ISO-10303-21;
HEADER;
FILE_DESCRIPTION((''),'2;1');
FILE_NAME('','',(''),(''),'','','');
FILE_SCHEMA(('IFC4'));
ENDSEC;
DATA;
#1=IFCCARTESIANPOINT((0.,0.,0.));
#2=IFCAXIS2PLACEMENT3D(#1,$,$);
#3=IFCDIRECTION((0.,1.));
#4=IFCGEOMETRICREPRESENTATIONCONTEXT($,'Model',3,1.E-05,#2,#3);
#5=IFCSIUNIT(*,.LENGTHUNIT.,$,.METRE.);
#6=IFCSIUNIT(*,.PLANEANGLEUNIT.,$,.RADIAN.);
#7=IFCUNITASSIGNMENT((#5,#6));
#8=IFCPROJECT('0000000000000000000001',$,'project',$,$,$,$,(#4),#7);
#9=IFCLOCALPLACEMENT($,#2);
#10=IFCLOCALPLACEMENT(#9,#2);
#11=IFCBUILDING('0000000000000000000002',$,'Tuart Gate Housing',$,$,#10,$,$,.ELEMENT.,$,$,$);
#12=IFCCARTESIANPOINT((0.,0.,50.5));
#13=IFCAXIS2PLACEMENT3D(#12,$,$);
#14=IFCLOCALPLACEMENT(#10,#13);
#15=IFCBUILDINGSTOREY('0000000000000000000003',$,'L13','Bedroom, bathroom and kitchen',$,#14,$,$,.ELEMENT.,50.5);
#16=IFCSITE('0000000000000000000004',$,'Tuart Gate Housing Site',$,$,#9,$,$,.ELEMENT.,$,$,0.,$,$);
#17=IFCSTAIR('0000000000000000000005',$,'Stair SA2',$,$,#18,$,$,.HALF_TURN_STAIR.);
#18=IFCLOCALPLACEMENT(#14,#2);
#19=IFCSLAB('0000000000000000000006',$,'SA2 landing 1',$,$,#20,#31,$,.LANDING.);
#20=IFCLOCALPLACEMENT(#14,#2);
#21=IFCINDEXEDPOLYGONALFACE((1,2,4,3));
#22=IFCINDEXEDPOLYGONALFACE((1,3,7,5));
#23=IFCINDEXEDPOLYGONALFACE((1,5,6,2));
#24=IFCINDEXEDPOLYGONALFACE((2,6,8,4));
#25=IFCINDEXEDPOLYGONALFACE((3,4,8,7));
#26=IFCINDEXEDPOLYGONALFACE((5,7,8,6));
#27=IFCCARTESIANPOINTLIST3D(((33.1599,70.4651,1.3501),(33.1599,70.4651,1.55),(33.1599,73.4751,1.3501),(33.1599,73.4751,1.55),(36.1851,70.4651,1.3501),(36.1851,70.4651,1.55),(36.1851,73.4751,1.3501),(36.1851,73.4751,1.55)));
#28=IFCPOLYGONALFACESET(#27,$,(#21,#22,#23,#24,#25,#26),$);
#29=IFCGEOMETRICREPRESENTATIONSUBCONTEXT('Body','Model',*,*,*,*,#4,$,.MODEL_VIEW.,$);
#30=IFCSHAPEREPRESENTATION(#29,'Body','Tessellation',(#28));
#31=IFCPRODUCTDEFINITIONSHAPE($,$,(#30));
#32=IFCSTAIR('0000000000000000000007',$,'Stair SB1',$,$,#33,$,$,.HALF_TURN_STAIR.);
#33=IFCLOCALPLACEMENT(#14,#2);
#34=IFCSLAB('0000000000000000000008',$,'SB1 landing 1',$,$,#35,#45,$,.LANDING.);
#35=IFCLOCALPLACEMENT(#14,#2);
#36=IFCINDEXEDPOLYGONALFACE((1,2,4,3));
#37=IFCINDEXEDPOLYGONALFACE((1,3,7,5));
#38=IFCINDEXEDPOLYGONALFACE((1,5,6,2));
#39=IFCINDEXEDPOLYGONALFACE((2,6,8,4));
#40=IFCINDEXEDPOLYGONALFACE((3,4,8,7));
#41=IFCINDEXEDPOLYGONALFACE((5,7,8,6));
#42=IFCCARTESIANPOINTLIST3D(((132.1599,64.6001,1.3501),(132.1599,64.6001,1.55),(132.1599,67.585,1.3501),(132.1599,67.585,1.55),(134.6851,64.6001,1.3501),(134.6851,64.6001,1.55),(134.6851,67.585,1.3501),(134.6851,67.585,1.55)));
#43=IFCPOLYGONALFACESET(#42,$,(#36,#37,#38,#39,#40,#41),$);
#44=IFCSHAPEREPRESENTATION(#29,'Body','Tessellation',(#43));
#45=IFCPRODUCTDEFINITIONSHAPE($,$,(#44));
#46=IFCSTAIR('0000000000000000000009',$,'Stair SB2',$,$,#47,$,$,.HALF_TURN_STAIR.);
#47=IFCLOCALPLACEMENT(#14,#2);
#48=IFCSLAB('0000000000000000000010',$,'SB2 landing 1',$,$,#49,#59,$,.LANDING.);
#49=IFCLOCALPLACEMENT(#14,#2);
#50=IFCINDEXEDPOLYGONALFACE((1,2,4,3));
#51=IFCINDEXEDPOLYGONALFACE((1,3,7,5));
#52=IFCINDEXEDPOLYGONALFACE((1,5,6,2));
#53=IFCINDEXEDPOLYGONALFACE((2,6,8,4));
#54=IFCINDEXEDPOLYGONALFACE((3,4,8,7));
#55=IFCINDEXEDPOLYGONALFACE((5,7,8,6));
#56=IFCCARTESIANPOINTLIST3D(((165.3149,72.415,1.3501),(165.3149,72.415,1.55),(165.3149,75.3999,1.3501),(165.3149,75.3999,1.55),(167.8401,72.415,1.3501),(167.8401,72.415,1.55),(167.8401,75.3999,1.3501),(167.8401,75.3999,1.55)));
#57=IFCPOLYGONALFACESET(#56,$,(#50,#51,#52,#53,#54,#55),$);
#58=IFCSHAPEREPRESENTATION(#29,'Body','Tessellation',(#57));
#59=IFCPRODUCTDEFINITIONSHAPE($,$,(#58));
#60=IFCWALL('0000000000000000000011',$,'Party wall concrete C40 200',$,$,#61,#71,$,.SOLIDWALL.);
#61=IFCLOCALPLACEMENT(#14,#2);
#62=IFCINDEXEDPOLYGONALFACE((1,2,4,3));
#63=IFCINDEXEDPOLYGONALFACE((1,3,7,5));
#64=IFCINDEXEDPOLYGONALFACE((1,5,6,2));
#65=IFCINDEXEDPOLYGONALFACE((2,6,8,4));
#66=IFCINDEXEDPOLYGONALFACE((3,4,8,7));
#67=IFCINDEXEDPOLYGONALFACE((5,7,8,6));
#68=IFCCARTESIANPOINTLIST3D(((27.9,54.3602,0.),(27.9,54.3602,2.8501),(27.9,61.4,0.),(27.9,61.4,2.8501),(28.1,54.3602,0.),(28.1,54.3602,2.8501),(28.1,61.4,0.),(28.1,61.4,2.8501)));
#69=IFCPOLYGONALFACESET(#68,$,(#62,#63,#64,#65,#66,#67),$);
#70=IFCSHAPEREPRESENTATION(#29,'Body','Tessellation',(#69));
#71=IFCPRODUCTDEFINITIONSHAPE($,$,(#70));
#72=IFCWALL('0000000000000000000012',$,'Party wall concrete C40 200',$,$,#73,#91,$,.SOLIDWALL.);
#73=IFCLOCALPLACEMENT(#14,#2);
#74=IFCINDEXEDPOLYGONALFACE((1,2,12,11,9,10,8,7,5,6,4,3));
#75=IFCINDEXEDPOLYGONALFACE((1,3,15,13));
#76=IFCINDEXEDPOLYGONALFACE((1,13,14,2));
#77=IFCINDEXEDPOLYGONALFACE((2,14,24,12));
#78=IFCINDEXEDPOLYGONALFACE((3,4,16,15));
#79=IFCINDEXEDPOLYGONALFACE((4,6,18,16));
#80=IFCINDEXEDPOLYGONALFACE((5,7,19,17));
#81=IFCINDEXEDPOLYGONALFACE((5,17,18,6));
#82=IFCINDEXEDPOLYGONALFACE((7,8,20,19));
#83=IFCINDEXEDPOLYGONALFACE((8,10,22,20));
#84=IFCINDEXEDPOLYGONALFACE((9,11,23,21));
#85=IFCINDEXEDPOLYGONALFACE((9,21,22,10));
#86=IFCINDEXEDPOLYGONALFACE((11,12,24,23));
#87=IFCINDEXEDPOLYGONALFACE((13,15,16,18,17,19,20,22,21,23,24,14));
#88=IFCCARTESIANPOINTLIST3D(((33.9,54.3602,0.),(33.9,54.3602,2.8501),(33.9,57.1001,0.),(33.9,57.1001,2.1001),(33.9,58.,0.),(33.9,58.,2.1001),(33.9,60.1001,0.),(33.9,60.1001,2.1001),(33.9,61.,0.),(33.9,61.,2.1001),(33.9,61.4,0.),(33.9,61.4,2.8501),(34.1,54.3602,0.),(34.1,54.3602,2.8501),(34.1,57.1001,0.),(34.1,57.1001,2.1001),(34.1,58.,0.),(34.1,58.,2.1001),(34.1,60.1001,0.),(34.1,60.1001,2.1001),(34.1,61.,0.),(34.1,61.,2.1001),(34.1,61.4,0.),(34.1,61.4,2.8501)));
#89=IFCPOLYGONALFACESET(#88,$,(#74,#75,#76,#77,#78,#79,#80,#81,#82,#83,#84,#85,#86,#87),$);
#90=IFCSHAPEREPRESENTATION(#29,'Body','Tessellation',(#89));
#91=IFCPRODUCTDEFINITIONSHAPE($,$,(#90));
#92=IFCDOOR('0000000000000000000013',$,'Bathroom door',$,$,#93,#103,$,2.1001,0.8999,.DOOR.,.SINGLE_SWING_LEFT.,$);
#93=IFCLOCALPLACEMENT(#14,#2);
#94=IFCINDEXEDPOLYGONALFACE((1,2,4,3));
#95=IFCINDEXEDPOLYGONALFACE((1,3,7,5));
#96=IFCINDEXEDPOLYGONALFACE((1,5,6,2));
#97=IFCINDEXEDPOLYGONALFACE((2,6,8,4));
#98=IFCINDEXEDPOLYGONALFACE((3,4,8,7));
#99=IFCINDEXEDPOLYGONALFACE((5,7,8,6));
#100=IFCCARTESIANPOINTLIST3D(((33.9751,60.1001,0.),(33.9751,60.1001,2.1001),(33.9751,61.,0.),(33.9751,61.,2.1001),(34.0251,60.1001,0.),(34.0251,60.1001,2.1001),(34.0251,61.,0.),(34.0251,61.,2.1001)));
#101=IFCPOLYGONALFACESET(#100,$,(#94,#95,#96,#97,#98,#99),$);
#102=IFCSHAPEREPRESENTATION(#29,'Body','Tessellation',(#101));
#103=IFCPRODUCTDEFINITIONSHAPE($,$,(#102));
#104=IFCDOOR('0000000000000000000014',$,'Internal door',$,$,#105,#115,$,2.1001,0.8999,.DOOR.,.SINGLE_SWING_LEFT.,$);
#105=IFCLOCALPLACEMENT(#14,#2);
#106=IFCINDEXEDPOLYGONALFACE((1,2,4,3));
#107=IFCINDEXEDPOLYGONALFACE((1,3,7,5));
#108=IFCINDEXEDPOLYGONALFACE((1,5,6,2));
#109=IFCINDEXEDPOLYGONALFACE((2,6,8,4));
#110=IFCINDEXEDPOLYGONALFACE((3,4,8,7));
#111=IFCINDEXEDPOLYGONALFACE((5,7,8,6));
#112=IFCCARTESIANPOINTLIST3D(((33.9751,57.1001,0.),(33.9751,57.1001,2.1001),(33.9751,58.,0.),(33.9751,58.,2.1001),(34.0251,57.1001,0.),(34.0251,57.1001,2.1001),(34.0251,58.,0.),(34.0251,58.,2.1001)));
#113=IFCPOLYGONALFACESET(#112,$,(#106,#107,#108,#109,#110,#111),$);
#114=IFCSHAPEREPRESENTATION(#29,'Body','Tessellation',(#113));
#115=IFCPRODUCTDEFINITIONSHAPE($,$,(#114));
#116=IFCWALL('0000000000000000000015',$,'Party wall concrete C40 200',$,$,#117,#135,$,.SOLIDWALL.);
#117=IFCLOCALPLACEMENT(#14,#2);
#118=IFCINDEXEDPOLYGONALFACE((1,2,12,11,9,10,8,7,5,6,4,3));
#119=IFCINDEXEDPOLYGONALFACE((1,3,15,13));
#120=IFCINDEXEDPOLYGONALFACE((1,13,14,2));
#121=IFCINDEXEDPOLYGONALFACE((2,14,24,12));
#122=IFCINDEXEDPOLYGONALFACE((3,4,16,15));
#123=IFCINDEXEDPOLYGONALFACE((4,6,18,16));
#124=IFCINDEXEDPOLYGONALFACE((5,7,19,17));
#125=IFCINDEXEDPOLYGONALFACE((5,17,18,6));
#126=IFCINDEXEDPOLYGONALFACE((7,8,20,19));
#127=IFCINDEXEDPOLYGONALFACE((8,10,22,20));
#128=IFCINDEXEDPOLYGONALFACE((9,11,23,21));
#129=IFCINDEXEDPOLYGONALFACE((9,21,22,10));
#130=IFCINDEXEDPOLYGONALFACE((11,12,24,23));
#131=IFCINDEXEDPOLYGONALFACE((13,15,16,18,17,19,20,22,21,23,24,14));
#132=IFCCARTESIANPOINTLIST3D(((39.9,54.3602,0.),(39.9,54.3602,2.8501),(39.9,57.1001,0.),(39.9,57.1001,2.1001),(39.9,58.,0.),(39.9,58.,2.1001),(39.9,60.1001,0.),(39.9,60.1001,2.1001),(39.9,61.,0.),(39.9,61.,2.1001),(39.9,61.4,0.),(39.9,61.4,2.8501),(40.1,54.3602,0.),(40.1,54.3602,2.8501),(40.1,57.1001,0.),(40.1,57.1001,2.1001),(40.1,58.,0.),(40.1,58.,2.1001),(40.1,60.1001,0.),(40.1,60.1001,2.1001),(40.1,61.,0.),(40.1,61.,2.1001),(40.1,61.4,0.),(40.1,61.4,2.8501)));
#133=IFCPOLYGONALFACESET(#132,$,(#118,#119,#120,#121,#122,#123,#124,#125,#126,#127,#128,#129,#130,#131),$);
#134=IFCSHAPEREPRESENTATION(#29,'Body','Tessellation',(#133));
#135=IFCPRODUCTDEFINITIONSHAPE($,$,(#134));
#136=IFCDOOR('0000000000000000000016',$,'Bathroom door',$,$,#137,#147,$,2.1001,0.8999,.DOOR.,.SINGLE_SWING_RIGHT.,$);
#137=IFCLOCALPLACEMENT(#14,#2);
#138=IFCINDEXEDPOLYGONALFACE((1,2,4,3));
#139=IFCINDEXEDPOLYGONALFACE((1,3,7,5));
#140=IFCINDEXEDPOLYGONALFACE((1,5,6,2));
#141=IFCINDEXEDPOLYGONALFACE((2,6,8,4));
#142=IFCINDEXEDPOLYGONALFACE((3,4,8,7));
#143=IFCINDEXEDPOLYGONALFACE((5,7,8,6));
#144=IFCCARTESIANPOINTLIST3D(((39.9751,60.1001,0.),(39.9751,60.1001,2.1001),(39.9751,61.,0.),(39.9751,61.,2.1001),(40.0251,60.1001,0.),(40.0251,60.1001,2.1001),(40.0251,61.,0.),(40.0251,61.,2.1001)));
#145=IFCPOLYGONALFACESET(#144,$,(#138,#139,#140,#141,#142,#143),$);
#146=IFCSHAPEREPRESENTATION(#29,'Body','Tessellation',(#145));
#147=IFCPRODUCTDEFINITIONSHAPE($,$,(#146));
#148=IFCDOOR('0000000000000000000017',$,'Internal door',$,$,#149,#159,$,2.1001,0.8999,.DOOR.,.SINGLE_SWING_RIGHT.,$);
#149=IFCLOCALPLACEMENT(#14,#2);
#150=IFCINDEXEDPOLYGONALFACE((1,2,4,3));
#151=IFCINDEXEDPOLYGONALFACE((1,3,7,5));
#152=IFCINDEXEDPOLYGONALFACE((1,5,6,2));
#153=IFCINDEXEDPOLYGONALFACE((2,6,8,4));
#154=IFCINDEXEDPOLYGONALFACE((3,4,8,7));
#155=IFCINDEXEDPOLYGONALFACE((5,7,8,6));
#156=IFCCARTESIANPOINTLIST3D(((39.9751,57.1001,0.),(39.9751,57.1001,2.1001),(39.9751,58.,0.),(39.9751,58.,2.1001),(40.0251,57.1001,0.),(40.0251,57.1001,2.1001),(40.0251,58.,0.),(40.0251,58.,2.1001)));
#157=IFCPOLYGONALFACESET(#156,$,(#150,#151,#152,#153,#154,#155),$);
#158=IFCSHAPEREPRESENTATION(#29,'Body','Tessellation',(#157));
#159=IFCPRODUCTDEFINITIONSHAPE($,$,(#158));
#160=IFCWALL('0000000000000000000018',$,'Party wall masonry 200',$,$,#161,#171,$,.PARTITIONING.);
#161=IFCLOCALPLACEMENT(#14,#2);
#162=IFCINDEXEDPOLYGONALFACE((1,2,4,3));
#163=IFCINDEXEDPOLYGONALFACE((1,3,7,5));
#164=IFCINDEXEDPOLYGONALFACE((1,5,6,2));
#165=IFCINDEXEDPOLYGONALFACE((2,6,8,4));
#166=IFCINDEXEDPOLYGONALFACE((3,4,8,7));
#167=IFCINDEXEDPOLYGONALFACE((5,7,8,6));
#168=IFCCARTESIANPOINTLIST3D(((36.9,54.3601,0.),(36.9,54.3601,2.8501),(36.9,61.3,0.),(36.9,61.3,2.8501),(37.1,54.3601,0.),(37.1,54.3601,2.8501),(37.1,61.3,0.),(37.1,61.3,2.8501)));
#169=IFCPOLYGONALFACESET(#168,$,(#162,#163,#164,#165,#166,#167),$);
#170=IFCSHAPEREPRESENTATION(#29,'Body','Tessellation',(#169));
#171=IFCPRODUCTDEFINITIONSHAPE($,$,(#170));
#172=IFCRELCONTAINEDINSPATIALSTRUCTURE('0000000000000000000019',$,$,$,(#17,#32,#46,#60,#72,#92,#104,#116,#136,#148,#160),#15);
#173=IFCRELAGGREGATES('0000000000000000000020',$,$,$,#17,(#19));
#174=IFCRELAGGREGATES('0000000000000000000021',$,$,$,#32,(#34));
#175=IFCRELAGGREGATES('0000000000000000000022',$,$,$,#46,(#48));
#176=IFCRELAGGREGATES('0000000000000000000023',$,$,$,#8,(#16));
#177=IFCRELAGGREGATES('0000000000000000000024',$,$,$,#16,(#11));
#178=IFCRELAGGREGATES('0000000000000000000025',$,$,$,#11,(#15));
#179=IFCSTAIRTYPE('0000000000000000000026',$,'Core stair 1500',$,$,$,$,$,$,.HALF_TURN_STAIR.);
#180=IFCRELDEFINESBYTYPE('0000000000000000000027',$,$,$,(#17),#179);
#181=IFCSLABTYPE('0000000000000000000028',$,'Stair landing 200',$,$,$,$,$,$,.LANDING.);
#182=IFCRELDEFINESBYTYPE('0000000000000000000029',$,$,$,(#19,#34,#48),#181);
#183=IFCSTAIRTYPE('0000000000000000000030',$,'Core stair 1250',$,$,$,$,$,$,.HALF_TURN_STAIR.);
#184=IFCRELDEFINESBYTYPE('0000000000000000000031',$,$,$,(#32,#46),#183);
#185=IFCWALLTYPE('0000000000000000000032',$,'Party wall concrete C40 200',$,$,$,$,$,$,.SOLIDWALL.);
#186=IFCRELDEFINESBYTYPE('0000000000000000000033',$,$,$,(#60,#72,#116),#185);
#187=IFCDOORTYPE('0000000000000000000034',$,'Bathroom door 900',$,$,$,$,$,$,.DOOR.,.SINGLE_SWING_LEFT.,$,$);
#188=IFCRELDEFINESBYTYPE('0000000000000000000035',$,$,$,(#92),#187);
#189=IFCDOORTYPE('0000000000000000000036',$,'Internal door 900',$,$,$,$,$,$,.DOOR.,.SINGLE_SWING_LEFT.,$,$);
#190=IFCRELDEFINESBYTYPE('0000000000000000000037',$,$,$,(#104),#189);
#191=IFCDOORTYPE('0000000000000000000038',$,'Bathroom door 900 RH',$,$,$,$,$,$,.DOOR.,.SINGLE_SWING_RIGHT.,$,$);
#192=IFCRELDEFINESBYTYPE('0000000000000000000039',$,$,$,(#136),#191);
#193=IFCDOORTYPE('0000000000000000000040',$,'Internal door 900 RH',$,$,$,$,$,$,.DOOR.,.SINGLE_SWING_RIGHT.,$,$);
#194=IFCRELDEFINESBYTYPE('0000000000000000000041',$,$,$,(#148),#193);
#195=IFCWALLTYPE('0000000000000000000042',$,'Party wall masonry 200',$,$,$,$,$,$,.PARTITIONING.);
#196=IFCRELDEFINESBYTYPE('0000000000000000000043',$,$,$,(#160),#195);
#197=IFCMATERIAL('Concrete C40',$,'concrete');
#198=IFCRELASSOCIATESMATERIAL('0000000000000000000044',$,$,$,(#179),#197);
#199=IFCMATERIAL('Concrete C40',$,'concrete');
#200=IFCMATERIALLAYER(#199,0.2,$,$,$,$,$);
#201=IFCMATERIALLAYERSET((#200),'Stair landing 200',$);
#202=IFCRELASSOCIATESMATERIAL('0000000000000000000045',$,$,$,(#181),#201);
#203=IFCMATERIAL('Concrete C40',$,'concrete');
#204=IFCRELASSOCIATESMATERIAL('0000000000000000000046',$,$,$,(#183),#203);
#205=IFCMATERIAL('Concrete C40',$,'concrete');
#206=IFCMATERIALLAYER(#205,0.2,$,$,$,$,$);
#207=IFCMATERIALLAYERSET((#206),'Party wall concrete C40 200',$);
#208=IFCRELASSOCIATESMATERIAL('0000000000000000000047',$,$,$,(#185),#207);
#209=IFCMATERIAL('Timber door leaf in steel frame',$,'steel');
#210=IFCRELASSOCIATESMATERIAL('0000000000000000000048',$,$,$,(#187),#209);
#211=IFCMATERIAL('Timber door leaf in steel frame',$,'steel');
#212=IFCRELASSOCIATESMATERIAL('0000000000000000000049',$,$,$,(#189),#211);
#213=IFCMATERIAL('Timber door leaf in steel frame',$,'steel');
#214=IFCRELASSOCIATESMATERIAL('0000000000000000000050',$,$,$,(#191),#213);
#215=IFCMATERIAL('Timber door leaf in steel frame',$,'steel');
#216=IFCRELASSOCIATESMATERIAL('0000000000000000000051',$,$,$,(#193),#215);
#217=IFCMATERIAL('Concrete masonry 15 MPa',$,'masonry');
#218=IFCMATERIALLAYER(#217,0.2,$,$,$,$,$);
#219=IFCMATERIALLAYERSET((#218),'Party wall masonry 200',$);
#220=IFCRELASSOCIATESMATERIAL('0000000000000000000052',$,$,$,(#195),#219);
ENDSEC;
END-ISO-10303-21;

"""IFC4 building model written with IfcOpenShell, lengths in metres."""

from ifc_helpers import new_model, si_unit, direction, frame, frame_2d, origin, place, context, subcontext, project, spatial, polyline, rectangle, outline, extrude, material, layer, layer_set, type_object, element, fill, aggregate, save


model = new_model("IFC4")

# Units and contexts
model_context = context("Model", 3, precision=1e-05, world=origin(), true_north=direction((0.0, 1.0)))
body_context = subcontext(model_context, "Body", "Model", "MODEL_VIEW")
ifc_project = project(units=[si_unit("LENGTHUNIT", "METRE"), si_unit("PLANEANGLEUNIT", "RADIAN")], contexts=[model_context])

# Site, building, storey
site_placement = place(None, origin())
site = spatial("IfcSite", under=ifc_project, at=site_placement, Name="Tuart Gate Housing Site", CompositionType="ELEMENT", RefElevation=0.0)
building_placement = place(site_placement, origin())
building = spatial("IfcBuilding", under=site, at=building_placement, Name="Tuart Gate Housing", CompositionType="ELEMENT")
storey_placement = place(building_placement, frame((0.0, 0.0, 50.5)))
storey = spatial("IfcBuildingStorey", under=building, at=storey_placement, Name="L13", Description="Bedroom, bathroom and kitchen", CompositionType="ELEMENT", Elevation=50.5)

# Stairs, slabs
ifc_material_1 = material(Name="Concrete C40", Category="concrete")
stair_type_1 = type_object("IfcStairType", Name="Core stair 1500", PredefinedType="HALF_TURN_STAIR", material=ifc_material_1)
ifc_material_2 = material(Name="Concrete C40", Category="concrete")
ifc_layer_1 = layer(ifc_material_2, 0.2)
ifc_layer_set_1 = layer_set([ifc_layer_1], Name="Stair landing 200")
slab_type_1 = type_object("IfcSlabType", Name="Stair landing 200", PredefinedType="LANDING", material=ifc_layer_set_1)
stair_1_placement = place(storey_placement, origin())
stair_1 = element("IfcStair", 1, at=stair_1_placement, inside=storey, type_object=stair_type_1, Name="Stair SA2", PredefinedType="HALF_TURN_STAIR")
slab_1_placement = place(storey_placement, frame((0.0, 0.0, 1.3501)))
slab_1 = element("IfcSlab", 2, at=slab_1_placement, type_object=slab_type_1, Name="SA2 landing 1", PredefinedType="LANDING", context=body_context, shape_type="SweptSolid", body=[
    extrude(outline(polyline([(36.1851, 73.4751), (33.1599, 73.4751), (33.1599, 70.4651), (36.1851, 70.4651), (36.1851, 73.4751)])), origin(), (0.0, 0.0, 1.0), 0.2),
])
aggregate(stair_1, [slab_1])
ifc_material_3 = material(Name="Concrete C40", Category="concrete")
stair_type_2 = type_object("IfcStairType", Name="Core stair 1250", PredefinedType="HALF_TURN_STAIR", material=ifc_material_3)
stair_2_placement = place(storey_placement, origin())
stair_2 = element("IfcStair", 3, at=stair_2_placement, inside=storey, type_object=stair_type_2, Name="Stair SB1", PredefinedType="HALF_TURN_STAIR")
slab_2_placement = place(storey_placement, frame((0.0, 0.0, 1.3501)))
slab_2 = element("IfcSlab", 4, at=slab_2_placement, type_object=slab_type_1, Name="SB1 landing 1", PredefinedType="LANDING", context=body_context, shape_type="SweptSolid", body=[
    extrude(outline(polyline([(134.6851, 67.585), (132.1599, 67.585), (132.1599, 64.6001), (134.6851, 64.6001), (134.6851, 67.585)])), origin(), (0.0, 0.0, 1.0), 0.2),
])
aggregate(stair_2, [slab_2])
stair_3_placement = place(storey_placement, origin())
stair_3 = element("IfcStair", 5, at=stair_3_placement, inside=storey, type_object=stair_type_2, Name="Stair SB2", PredefinedType="HALF_TURN_STAIR")
slab_3_placement = place(storey_placement, frame((0.0, 0.0, 1.3501)))
slab_3 = element("IfcSlab", 6, at=slab_3_placement, type_object=slab_type_1, Name="SB2 landing 1", PredefinedType="LANDING", context=body_context, shape_type="SweptSolid", body=[
    extrude(outline(polyline([(165.3149, 72.415), (167.8401, 72.415), (167.8401, 75.3999), (165.3149, 75.3999), (165.3149, 72.415)])), origin(), (0.0, 0.0, 1.0), 0.2),
])
aggregate(stair_3, [slab_3])

# Wall
ifc_material_4 = material(Name="Concrete C40", Category="concrete")
ifc_layer_2 = layer(ifc_material_4, 0.2)
ifc_layer_set_2 = layer_set([ifc_layer_2], Name="Party wall concrete C40 200")
wall_type_1 = type_object("IfcWallType", Name="Party wall concrete C40 200", PredefinedType="SOLIDWALL", material=ifc_layer_set_2)
wall_1_placement = place(storey_placement, frame((28.0, 54.3601, 0.0), z_axis=(0.0, 0.0, 1.0), x_axis=(0.0, 1.0, 0.0)))
element("IfcWall", 7, at=wall_1_placement, inside=storey, type_object=wall_type_1, Name="Party wall concrete C40 200", PredefinedType="SOLIDWALL", context=body_context, shape_type="SweptSolid", body=[
    extrude(rectangle(XDim=7.0398, YDim=0.2, at=frame_2d((3.52, 0.0))), origin(), (0.0, 0.0, 1.0), 2.8501),
])

# Walls, openings, doors
wall_2_placement = place(storey_placement, frame((34.0, 54.3601, 0.0), z_axis=(0.0, 0.0, 1.0), x_axis=(0.0, 1.0, 0.0)))
wall_2 = element("IfcWall", 8, at=wall_2_placement, inside=storey, type_object=wall_type_1, Name="Party wall concrete C40 200", PredefinedType="SOLIDWALL", context=body_context, shape_type="SweptSolid", body=[
    extrude(rectangle(XDim=7.0398, YDim=0.2, at=frame_2d((3.52, 0.0))), origin(), (0.0, 0.0, 1.0), 2.8501),
])
opening_1_placement = place(wall_2_placement, frame((2.74, 0.0, 0.0)))
opening_1 = element("IfcOpeningElement", 9, at=opening_1_placement, cuts=wall_2, PredefinedType="OPENING", context=body_context, shape_type="SweptSolid", body=[
    extrude(rectangle(XDim=0.8999, YDim=2.1001, at=frame_2d((0.45, 1.05))), frame((0.0, 0.1099, 0.0), z_axis=(0.0, -1.0, 0.0), x_axis=(1.0, 0.0, 0.0)), (0.0, 0.0, 1.0), 0.22),
])
opening_2_placement = place(wall_2_placement, frame((5.74, 0.0, 0.0)))
opening_2 = element("IfcOpeningElement", 10, at=opening_2_placement, cuts=wall_2, PredefinedType="OPENING", context=body_context, shape_type="SweptSolid", body=[
    extrude(rectangle(XDim=0.8999, YDim=2.1001, at=frame_2d((0.45, 1.05))), frame((0.0, 0.1099, 0.0), z_axis=(0.0, -1.0, 0.0), x_axis=(1.0, 0.0, 0.0)), (0.0, 0.0, 1.0), 0.22),
])
ifc_material_5 = material(Name="Timber door leaf in steel frame", Category="steel")
door_type_1 = type_object("IfcDoorType", Name="Bathroom door 900", OperationType="SINGLE_SWING_LEFT", PredefinedType="DOOR", material=ifc_material_5)
door_1_placement = place(opening_2_placement, frame((0.8999, 0.0, 0.0), z_axis=(0.0, 0.0, 1.0), x_axis=(-1.0, 0.0, 0.0)))
door_1 = element("IfcDoor", 11, at=door_1_placement, inside=storey, type_object=door_type_1, Name="Bathroom door", OperationType="SINGLE_SWING_LEFT", OverallHeight=2.1001, OverallWidth=0.8999, PredefinedType="DOOR", context=body_context, shape_type="SweptSolid", body=[
    extrude(rectangle(XDim=0.8999, YDim=2.1001, at=frame_2d((0.45, 1.05))), frame((0.0, 0.0251, 0.0), z_axis=(0.0, -1.0, 0.0), x_axis=(1.0, 0.0, 0.0)), (0.0, 0.0, 1.0), 0.05),
])
fill(opening_2, door_1)
ifc_material_6 = material(Name="Timber door leaf in steel frame", Category="steel")
door_type_2 = type_object("IfcDoorType", Name="Internal door 900", OperationType="SINGLE_SWING_LEFT", PredefinedType="DOOR", material=ifc_material_6)
door_2_placement = place(opening_1_placement, frame((0.8999, 0.0, 0.0), z_axis=(0.0, 0.0, 1.0), x_axis=(-1.0, 0.0, 0.0)))
door_2 = element("IfcDoor", 12, at=door_2_placement, inside=storey, type_object=door_type_2, Name="Internal door", OperationType="SINGLE_SWING_LEFT", OverallHeight=2.1001, OverallWidth=0.8999, PredefinedType="DOOR", context=body_context, shape_type="SweptSolid", body=[
    extrude(rectangle(XDim=0.8999, YDim=2.1001, at=frame_2d((0.45, 1.05))), frame((0.0, 0.0251, 0.0), z_axis=(0.0, -1.0, 0.0), x_axis=(1.0, 0.0, 0.0)), (0.0, 0.0, 1.0), 0.05),
])
fill(opening_1, door_2)
wall_3_placement = place(storey_placement, frame((40.0, 54.3601, 0.0), z_axis=(0.0, 0.0, 1.0), x_axis=(0.0, 1.0, 0.0)))
wall_3 = element("IfcWall", 13, at=wall_3_placement, inside=storey, type_object=wall_type_1, Name="Party wall concrete C40 200", PredefinedType="SOLIDWALL", context=body_context, shape_type="SweptSolid", body=[
    extrude(rectangle(XDim=7.0398, YDim=0.2, at=frame_2d((3.52, 0.0))), origin(), (0.0, 0.0, 1.0), 2.8501),
])
opening_3_placement = place(wall_3_placement, frame((2.74, 0.0, 0.0)))
opening_3 = element("IfcOpeningElement", 14, at=opening_3_placement, cuts=wall_3, PredefinedType="OPENING", context=body_context, shape_type="SweptSolid", body=[
    extrude(rectangle(XDim=0.8999, YDim=2.1001, at=frame_2d((0.45, 1.05))), frame((0.0, 0.1099, 0.0), z_axis=(0.0, -1.0, 0.0), x_axis=(1.0, 0.0, 0.0)), (0.0, 0.0, 1.0), 0.22),
])
opening_4_placement = place(wall_3_placement, frame((5.74, 0.0, 0.0)))
opening_4 = element("IfcOpeningElement", 15, at=opening_4_placement, cuts=wall_3, PredefinedType="OPENING", context=body_context, shape_type="SweptSolid", body=[
    extrude(rectangle(XDim=0.8999, YDim=2.1001, at=frame_2d((0.45, 1.05))), frame((0.0, 0.1099, 0.0), z_axis=(0.0, -1.0, 0.0), x_axis=(1.0, 0.0, 0.0)), (0.0, 0.0, 1.0), 0.22),
])
ifc_material_7 = material(Name="Timber door leaf in steel frame", Category="steel")
door_type_3 = type_object("IfcDoorType", Name="Bathroom door 900 RH", OperationType="SINGLE_SWING_RIGHT", PredefinedType="DOOR", material=ifc_material_7)
door_3_placement = place(opening_4_placement, origin())
door_3 = element("IfcDoor", 16, at=door_3_placement, inside=storey, type_object=door_type_3, Name="Bathroom door", OperationType="SINGLE_SWING_RIGHT", OverallHeight=2.1001, OverallWidth=0.8999, PredefinedType="DOOR", context=body_context, shape_type="SweptSolid", body=[
    extrude(rectangle(XDim=0.8999, YDim=2.1001, at=frame_2d((0.45, 1.05))), frame((0.0, 0.0249, 0.0), z_axis=(0.0, -1.0, 0.0), x_axis=(1.0, 0.0, 0.0)), (0.0, 0.0, 1.0), 0.05),
])
fill(opening_4, door_3)
ifc_material_8 = material(Name="Timber door leaf in steel frame", Category="steel")
door_type_4 = type_object("IfcDoorType", Name="Internal door 900 RH", OperationType="SINGLE_SWING_RIGHT", PredefinedType="DOOR", material=ifc_material_8)
door_4_placement = place(opening_3_placement, origin())
door_4 = element("IfcDoor", 17, at=door_4_placement, inside=storey, type_object=door_type_4, Name="Internal door", OperationType="SINGLE_SWING_RIGHT", OverallHeight=2.1001, OverallWidth=0.8999, PredefinedType="DOOR", context=body_context, shape_type="SweptSolid", body=[
    extrude(rectangle(XDim=0.8999, YDim=2.1001, at=frame_2d((0.45, 1.05))), frame((0.0, 0.0249, 0.0), z_axis=(0.0, -1.0, 0.0), x_axis=(1.0, 0.0, 0.0)), (0.0, 0.0, 1.0), 0.05),
])
fill(opening_3, door_4)

# Wall
ifc_material_9 = material(Name="Concrete masonry 15 MPa", Category="masonry")
ifc_layer_3 = layer(ifc_material_9, 0.2)
ifc_layer_set_3 = layer_set([ifc_layer_3], Name="Party wall masonry 200")
wall_type_2 = type_object("IfcWallType", Name="Party wall masonry 200", PredefinedType="PARTITIONING", material=ifc_layer_set_3)
wall_4_placement = place(storey_placement, frame((37.0, 54.3601, 0.0), z_axis=(0.0, 0.0, 1.0), x_axis=(0.0, 1.0, 0.0)))
element("IfcWall", 18, at=wall_4_placement, inside=storey, type_object=wall_type_2, Name="Party wall masonry 200", PredefinedType="PARTITIONING", context=body_context, shape_type="SweptSolid", body=[
    extrude(rectangle(XDim=6.9399, YDim=0.2, at=frame_2d((3.47, 0.0))), origin(), (0.0, 0.0, 1.0), 2.8501),
])

save(model, "model.ifc")
